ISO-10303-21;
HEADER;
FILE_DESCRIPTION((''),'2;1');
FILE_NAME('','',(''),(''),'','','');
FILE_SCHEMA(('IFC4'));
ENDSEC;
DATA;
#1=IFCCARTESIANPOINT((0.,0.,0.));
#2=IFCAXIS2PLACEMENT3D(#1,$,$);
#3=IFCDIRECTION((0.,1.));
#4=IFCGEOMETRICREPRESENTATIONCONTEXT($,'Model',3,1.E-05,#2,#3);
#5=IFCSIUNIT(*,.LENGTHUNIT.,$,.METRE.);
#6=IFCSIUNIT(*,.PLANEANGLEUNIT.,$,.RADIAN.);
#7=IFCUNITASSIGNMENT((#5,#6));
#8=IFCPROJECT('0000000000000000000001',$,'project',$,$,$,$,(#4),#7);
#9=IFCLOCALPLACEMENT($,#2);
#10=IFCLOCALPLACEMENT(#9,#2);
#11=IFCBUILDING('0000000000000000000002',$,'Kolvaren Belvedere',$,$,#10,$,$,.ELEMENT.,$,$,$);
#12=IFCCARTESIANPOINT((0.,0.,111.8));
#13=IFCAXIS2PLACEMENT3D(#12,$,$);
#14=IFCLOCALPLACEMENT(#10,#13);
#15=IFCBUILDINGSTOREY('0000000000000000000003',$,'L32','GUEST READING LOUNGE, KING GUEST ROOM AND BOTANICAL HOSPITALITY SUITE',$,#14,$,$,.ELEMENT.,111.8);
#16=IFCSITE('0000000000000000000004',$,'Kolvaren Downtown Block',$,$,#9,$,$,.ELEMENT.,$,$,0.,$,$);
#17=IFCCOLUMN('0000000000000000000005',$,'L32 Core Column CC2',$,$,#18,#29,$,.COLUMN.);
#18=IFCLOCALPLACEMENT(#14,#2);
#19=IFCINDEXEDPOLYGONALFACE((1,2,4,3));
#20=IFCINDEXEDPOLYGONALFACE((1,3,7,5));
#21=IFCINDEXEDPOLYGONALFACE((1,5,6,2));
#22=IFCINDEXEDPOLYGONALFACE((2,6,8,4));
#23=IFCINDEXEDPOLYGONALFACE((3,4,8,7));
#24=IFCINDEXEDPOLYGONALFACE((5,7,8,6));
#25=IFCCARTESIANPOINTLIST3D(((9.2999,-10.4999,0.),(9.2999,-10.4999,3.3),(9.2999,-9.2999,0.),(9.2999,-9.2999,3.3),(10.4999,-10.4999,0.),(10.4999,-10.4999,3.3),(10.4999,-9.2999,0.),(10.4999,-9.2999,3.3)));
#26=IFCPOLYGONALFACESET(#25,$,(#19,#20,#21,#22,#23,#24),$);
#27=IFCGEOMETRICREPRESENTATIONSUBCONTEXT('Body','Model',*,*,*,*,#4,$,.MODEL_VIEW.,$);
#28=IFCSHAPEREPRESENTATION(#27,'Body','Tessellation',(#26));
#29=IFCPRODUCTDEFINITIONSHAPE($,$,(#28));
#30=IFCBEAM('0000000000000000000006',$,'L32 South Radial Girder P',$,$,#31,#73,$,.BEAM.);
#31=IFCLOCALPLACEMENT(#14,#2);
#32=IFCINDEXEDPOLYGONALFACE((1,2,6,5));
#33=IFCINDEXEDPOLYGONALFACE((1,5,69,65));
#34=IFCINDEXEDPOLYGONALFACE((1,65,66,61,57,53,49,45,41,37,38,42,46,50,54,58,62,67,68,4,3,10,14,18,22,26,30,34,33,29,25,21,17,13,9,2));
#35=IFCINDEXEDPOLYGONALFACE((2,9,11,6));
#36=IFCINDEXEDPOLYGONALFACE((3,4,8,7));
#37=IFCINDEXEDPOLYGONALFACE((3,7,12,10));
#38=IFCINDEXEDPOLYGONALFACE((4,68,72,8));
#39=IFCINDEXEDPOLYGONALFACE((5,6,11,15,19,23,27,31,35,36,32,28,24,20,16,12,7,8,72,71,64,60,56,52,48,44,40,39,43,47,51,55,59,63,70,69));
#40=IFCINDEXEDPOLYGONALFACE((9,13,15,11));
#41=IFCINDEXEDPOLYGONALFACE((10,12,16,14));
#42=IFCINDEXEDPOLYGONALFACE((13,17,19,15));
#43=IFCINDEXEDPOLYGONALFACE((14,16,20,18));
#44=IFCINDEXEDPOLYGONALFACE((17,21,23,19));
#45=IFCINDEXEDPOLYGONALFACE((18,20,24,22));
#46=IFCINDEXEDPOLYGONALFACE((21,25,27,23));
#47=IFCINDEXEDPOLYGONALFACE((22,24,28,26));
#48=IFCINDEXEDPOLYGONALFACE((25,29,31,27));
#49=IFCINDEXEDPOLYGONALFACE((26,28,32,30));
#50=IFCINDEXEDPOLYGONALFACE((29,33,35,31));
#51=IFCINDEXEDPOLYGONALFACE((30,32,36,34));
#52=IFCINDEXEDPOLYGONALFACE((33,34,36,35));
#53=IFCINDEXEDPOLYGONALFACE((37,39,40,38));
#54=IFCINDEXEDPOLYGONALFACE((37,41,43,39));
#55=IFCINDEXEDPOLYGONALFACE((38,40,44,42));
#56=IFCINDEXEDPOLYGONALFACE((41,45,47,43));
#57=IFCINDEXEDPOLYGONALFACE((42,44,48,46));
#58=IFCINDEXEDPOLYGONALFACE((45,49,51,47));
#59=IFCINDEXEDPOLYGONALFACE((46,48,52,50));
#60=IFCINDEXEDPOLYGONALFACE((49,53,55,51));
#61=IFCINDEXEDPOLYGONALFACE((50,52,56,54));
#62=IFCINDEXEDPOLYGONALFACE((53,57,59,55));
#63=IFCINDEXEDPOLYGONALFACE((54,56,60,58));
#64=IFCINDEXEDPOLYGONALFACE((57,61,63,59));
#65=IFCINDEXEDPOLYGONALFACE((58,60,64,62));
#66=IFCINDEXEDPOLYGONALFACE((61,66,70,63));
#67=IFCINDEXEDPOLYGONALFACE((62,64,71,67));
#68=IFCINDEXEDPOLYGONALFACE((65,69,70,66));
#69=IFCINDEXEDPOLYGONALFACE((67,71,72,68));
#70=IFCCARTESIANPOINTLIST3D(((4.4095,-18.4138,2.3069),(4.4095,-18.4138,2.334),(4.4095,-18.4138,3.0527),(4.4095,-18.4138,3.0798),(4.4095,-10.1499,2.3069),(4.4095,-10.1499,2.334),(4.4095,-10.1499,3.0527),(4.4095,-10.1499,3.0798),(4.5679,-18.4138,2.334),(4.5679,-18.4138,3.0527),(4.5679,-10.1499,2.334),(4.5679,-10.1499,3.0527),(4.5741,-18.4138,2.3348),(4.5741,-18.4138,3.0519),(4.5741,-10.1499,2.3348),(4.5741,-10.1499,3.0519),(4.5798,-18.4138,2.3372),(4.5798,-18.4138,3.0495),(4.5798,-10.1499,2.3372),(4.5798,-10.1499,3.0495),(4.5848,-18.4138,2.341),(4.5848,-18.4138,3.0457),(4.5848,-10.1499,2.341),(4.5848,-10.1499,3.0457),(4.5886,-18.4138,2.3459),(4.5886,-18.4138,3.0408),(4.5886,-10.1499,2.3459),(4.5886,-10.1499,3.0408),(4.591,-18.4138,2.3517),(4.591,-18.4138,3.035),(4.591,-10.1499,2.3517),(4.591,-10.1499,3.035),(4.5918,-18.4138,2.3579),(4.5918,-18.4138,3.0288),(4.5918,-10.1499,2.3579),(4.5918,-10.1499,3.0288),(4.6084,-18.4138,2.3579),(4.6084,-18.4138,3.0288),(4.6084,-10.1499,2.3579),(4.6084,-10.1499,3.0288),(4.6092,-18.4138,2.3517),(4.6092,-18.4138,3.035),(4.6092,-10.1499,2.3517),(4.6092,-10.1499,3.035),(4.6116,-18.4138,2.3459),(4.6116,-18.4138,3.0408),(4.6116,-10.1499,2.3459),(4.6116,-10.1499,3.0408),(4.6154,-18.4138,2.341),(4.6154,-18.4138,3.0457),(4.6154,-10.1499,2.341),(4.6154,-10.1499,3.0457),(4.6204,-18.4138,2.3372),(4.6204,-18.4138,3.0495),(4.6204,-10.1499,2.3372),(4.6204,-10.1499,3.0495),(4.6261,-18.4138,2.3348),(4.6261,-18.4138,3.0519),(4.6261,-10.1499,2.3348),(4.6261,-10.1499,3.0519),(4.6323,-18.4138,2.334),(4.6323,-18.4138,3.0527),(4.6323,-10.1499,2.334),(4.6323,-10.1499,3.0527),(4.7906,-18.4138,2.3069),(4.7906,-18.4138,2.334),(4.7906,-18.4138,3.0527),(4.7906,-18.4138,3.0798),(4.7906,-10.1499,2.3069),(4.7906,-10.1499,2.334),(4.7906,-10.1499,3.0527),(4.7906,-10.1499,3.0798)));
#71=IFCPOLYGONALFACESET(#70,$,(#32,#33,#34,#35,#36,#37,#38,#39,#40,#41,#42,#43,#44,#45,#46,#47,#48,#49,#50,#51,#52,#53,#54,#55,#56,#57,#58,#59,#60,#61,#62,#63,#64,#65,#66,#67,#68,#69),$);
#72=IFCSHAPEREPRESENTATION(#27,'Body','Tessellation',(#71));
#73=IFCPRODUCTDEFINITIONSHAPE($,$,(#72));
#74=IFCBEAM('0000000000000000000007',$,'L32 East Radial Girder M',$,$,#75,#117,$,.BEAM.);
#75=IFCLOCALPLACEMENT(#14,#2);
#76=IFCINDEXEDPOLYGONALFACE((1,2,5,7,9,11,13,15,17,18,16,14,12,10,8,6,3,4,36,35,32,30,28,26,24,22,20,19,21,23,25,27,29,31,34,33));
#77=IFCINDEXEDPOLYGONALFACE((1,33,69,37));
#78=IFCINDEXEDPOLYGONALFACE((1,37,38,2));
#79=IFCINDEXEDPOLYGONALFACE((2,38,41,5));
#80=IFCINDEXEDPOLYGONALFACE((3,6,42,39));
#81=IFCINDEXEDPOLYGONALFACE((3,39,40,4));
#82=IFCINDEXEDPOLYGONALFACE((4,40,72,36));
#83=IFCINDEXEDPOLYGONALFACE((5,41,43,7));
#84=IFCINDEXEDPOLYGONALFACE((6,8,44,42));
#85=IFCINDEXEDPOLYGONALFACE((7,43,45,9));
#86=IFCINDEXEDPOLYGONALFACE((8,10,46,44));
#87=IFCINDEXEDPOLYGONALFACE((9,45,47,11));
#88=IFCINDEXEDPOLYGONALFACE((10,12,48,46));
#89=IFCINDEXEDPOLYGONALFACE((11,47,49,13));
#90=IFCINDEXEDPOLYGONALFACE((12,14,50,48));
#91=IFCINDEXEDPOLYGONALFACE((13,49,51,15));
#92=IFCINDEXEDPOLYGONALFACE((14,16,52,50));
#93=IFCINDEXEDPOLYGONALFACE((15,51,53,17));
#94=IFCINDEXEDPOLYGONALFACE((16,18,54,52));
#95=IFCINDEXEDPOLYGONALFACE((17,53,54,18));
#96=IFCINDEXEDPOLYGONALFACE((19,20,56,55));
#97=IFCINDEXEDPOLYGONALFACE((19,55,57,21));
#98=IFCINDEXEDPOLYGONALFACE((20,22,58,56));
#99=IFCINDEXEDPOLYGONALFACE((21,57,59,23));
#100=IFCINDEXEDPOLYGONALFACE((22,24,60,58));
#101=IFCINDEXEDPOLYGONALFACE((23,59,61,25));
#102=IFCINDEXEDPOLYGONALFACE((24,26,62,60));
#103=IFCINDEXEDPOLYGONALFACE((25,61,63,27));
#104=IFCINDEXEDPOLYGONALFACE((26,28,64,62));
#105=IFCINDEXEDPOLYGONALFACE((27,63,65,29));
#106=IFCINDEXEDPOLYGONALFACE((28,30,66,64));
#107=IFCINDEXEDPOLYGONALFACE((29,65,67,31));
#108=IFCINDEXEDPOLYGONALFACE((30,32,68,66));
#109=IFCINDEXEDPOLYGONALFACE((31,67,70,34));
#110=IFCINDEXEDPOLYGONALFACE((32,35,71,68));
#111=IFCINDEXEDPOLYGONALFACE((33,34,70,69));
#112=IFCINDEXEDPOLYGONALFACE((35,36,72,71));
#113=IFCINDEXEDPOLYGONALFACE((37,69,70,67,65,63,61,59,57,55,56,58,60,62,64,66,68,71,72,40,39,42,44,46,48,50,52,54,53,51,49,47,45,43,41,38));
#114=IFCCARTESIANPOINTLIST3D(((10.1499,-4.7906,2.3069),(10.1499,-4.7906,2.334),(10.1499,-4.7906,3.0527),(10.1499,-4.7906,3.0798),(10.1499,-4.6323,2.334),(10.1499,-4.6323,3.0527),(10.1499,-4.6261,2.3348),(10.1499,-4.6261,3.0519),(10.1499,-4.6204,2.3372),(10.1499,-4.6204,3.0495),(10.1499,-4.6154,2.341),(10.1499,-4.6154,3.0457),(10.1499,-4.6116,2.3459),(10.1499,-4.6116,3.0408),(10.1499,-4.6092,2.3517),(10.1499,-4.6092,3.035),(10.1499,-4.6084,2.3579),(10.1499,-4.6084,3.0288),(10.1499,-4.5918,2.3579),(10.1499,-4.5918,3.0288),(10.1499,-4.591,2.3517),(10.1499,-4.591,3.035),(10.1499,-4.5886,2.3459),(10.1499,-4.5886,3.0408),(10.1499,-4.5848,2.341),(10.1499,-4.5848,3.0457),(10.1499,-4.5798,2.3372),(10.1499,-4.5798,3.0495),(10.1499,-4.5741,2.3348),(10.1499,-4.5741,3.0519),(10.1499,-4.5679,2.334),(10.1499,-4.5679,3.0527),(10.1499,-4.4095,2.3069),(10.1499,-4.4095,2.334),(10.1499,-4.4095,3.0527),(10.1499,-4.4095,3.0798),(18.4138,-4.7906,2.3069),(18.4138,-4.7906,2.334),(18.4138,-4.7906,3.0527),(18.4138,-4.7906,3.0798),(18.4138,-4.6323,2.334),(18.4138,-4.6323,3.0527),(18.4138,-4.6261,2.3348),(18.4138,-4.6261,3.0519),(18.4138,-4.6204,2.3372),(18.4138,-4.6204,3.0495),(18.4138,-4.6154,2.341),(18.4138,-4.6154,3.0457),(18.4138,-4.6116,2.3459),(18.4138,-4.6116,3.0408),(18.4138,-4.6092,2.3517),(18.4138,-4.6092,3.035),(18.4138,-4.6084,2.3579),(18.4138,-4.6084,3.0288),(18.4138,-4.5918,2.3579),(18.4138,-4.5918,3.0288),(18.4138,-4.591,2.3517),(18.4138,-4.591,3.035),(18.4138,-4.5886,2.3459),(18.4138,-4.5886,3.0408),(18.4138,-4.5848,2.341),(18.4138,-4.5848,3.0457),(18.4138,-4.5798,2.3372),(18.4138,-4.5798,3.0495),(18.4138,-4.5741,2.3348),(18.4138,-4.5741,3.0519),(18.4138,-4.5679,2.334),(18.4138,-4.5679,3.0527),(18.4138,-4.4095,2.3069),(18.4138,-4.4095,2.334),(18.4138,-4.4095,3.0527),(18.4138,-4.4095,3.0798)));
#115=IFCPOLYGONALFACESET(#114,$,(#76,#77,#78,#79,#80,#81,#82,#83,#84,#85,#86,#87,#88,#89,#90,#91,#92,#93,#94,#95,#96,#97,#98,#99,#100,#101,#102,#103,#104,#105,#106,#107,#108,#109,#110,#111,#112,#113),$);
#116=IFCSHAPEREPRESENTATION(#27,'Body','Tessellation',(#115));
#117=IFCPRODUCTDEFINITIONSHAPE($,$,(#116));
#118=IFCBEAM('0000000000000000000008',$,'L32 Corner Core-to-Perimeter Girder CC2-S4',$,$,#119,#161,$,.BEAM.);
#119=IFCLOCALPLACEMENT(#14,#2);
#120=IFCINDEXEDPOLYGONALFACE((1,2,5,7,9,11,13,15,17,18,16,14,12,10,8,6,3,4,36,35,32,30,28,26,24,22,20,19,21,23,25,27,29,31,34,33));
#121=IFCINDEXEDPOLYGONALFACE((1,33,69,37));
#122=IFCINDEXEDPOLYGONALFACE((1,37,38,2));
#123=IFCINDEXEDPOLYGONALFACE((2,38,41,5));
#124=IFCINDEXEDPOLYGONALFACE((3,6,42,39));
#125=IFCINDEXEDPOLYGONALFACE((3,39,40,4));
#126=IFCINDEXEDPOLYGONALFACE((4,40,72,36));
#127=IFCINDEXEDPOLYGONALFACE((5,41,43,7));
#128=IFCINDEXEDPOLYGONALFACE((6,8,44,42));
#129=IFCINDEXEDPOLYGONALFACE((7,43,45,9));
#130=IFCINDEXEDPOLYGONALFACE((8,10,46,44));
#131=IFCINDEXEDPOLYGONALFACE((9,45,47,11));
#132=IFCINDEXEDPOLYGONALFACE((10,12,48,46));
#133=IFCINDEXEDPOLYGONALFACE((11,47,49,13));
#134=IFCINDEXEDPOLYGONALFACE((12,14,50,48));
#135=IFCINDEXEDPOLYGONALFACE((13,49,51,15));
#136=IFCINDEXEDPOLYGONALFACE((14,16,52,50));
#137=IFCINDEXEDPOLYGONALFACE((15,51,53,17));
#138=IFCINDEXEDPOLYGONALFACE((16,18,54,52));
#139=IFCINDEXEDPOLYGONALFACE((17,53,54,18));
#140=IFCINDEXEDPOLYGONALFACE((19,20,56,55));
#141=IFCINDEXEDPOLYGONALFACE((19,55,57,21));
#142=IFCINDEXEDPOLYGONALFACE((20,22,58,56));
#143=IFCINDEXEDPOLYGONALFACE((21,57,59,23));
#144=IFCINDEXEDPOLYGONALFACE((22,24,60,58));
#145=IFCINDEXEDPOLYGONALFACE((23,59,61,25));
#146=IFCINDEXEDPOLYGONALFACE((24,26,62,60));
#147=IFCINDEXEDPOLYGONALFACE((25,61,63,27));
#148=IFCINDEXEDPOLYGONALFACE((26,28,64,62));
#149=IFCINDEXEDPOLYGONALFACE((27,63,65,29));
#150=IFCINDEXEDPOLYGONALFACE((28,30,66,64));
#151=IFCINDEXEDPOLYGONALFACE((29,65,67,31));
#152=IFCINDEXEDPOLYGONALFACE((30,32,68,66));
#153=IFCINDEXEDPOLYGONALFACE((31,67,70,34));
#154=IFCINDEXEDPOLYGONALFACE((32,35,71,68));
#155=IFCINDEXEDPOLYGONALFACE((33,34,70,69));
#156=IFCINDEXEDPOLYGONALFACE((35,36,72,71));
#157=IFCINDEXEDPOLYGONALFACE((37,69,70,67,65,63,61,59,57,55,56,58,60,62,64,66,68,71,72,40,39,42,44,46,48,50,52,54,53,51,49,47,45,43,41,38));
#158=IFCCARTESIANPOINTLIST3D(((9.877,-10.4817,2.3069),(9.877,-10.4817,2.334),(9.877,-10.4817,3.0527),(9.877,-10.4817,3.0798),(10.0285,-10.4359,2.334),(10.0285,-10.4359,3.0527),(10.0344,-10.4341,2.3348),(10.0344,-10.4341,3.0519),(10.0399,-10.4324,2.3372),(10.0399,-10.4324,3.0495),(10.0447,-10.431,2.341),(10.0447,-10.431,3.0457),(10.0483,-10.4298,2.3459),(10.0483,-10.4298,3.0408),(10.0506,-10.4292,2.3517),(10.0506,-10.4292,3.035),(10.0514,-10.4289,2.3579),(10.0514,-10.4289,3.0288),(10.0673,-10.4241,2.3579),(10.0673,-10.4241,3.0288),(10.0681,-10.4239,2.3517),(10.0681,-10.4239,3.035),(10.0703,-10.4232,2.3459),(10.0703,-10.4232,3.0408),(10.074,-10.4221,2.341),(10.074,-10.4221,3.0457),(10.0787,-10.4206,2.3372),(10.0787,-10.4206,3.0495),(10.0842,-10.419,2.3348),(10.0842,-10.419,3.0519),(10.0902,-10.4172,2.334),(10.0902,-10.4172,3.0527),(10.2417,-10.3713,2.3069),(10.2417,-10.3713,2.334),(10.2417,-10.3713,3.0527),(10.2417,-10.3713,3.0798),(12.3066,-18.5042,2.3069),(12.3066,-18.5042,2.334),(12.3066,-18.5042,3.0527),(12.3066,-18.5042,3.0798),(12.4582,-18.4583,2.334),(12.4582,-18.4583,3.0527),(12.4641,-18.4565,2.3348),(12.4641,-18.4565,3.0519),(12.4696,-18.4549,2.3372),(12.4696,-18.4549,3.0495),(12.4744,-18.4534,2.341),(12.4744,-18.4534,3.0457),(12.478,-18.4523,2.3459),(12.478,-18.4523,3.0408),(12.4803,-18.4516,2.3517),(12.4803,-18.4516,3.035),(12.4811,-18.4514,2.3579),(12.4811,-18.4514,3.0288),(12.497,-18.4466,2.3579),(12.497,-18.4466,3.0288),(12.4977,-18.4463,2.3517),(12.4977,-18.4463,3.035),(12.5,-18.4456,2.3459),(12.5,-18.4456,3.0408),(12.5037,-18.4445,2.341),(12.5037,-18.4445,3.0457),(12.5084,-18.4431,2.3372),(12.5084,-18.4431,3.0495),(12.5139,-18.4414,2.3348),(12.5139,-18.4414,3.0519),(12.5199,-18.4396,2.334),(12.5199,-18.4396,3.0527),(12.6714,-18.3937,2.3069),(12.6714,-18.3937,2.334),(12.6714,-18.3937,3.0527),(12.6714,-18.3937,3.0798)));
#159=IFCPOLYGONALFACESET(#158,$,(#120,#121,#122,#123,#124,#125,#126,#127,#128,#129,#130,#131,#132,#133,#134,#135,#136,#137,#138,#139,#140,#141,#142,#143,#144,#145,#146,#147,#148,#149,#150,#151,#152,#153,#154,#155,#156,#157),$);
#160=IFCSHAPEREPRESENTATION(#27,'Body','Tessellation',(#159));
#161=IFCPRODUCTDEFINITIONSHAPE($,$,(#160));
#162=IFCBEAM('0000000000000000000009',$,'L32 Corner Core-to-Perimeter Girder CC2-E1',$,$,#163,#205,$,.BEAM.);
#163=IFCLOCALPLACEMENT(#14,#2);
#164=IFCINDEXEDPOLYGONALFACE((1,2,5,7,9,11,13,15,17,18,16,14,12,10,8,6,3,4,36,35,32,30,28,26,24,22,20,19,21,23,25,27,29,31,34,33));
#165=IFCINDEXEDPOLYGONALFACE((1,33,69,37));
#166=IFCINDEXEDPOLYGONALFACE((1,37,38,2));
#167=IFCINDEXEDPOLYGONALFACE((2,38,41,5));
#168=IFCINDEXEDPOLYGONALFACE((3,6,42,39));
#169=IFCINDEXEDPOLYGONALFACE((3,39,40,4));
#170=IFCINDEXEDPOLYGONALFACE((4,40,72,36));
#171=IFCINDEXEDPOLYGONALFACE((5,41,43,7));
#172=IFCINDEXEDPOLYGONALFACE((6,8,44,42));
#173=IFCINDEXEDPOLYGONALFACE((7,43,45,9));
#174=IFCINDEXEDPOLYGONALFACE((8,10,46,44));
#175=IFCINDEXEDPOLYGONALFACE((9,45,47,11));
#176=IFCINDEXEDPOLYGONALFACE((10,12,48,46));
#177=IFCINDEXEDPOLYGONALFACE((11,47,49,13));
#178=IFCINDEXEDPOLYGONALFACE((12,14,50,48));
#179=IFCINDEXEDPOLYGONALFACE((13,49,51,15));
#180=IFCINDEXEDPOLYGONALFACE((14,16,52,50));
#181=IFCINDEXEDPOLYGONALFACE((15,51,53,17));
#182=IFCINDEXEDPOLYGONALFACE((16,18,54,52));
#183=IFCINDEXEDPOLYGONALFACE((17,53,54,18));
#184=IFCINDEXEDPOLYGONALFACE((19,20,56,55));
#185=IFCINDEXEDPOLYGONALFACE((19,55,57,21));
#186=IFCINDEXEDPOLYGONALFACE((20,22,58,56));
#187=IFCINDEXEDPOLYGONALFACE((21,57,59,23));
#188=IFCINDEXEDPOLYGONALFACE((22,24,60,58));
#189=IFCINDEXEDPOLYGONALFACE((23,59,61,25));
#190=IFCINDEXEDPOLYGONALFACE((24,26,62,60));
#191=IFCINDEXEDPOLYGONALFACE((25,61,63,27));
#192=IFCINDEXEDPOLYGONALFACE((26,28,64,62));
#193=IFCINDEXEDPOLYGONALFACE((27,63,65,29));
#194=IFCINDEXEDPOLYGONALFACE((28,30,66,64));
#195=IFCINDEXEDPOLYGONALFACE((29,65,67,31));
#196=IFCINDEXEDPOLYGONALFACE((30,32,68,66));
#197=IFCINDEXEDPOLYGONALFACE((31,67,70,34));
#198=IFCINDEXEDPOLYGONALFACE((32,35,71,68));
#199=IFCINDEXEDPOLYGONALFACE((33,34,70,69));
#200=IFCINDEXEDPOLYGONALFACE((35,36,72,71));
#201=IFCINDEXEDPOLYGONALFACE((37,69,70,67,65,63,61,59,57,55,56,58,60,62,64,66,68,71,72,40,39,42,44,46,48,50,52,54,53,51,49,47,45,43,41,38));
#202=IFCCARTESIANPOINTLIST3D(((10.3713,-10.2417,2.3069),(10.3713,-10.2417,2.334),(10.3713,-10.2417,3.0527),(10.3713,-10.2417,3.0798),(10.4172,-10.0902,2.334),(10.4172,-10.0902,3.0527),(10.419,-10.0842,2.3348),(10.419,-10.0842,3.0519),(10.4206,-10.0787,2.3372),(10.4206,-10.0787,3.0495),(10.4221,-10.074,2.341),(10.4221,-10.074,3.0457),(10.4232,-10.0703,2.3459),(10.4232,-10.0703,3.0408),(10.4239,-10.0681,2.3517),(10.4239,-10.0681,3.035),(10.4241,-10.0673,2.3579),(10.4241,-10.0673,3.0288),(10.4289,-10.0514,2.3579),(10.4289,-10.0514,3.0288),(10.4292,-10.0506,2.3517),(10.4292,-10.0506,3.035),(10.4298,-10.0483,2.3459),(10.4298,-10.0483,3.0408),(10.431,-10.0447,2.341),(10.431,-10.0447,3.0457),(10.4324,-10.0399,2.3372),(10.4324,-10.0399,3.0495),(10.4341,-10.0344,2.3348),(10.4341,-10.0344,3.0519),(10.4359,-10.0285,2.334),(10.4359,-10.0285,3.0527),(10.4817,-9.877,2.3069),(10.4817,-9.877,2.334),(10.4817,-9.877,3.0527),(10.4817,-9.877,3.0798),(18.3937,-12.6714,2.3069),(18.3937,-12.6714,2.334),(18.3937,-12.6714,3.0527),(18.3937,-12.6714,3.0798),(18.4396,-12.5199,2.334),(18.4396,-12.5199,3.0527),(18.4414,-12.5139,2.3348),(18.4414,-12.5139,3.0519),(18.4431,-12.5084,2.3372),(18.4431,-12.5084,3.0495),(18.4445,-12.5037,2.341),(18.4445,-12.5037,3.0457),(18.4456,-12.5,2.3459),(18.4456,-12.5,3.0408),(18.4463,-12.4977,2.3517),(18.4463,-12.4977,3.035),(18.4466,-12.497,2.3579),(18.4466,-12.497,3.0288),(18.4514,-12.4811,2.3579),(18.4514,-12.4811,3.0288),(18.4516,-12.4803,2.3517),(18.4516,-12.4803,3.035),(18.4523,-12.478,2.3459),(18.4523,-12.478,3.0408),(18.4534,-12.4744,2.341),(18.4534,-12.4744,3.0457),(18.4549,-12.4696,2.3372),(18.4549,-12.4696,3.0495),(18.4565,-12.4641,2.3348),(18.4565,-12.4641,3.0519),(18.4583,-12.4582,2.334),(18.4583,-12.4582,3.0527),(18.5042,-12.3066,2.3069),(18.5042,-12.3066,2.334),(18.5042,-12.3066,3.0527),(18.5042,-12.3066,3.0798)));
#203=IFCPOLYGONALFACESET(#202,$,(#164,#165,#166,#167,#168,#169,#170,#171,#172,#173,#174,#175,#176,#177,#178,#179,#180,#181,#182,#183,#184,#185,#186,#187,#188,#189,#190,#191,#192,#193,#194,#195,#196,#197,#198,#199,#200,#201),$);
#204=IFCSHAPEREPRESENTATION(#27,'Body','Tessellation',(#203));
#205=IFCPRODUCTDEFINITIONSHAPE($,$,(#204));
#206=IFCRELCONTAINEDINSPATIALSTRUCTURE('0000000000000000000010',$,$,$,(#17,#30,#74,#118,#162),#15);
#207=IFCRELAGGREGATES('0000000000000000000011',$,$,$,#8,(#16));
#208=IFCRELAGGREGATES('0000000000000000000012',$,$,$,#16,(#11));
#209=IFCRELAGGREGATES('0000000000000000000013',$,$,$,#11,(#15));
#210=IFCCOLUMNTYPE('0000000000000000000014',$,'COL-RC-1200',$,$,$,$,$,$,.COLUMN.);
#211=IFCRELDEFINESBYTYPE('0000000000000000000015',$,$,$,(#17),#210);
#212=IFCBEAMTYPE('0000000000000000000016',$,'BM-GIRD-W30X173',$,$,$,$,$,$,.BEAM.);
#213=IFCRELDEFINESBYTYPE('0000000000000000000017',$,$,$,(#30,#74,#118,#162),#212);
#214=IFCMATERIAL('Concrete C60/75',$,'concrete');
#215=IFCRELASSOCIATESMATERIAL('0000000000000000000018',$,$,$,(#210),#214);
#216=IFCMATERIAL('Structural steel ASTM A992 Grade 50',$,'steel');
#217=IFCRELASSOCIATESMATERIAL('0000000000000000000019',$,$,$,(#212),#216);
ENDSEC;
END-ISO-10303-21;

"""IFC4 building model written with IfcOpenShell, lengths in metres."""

from ifc_helpers import new_model, si_unit, direction, frame, origin, origin_2d, place, context, subcontext, project, spatial, rectangle, i_section, extrude, material, material_profile, profile_set, type_object, element, save


model = new_model("IFC4")

# Units and contexts
model_context = context("Model", 3, precision=1e-05, world=origin(), true_north=direction((0.0, 1.0)))
body_context = subcontext(model_context, "Body", "Model", "MODEL_VIEW")
ifc_project = project(units=[si_unit("LENGTHUNIT", "METRE"), si_unit("PLANEANGLEUNIT", "RADIAN")], contexts=[model_context])

# Site, building, storey
site_placement = place(None, origin())
site = spatial("IfcSite", under=ifc_project, at=site_placement, Name="Kolvaren Downtown Block", CompositionType="ELEMENT", RefElevation=0.0)
building_placement = place(site_placement, origin())
building = spatial("IfcBuilding", under=site, at=building_placement, Name="Kolvaren Belvedere", CompositionType="ELEMENT")
storey_placement = place(building_placement, frame((0.0, 0.0, 111.8)))
storey = spatial("IfcBuildingStorey", under=building, at=storey_placement, Name="L32", Description="GUEST READING LOUNGE, KING GUEST ROOM AND BOTANICAL HOSPITALITY SUITE", CompositionType="ELEMENT", Elevation=111.8)

# Column
ifc_material_1 = material(Name="Concrete C60/75", Category="concrete")
ifc_material_profile_1 = material_profile(ifc_material_1, rectangle(XDim=1.2, YDim=1.2, at=origin_2d()), Name="RC 1200X1200")
ifc_profile_set_1 = profile_set([ifc_material_profile_1], Name="Concrete C60/75")
column_type = type_object("IfcColumnType", Name="COL-RC-1200", PredefinedType="COLUMN", material=ifc_profile_set_1)
column_placement = place(storey_placement, frame((9.8999, -9.8999, 0.0), z_axis=(0.0, 0.0, 1.0), x_axis=(1.0, 0.0, 0.0)))
element("IfcColumn", 1, at=column_placement, inside=storey, type_object=column_type, Name="L32 Core Column CC2", PredefinedType="COLUMN", context=body_context, shape_type="SweptSolid", body=[
    extrude(rectangle(XDim=1.2, YDim=1.2, at=origin_2d()), origin(), (0.0, 0.0, 1.0), 3.3),
])

# Beams
ifc_material_2 = material(Name="Structural steel ASTM A992 Grade 50", Category="steel")
ifc_material_profile_2 = material_profile(ifc_material_2, i_section(OverallWidth=0.3811, OverallDepth=0.7729, WebThickness=0.0166, FlangeThickness=0.0271, FilletRadius=0.0239, at=origin_2d()), Name="W30X173")
ifc_profile_set_2 = profile_set([ifc_material_profile_2], Name="Structural steel ASTM A992 Grade 50")
beam_type_1 = type_object("IfcBeamType", Name="BM-GIRD-W30X173", PredefinedType="BEAM", material=ifc_profile_set_2)
for number, where, z_axis, x_axis, name in (
    (2, (4.6001, -10.1499, 2.6934), (0.0, -1.0, 0.0), (1.0, 0.0, 0.0), "L32 South Radial Girder P"),
    (3, (10.1499, -4.6001, 2.6934), (1.0, 0.0, 0.0), (0.0, 1.0, 0.0), "L32 East Radial Girder M"),
):
    element("IfcBeam", number, at=place(storey_placement, frame(where, z_axis=z_axis, x_axis=x_axis)), inside=storey, type_object=beam_type_1, Name=name, PredefinedType="BEAM", context=body_context, shape_type="SweptSolid", body=[
        extrude(i_section(OverallWidth=0.3811, OverallDepth=0.7729, WebThickness=0.0166, FlangeThickness=0.0271, FilletRadius=0.0239, at=origin_2d()), origin(), (0.0, 0.0, 1.0), 8.2639),
    ])
for number, where, z_axis, x_axis, name in (
    (4, (10.0593, -10.4265, 2.6934), (0.289859, -0.957069, 0.0), (0.957069, 0.289859, 0.0), "L32 Corner Core-to-Perimeter Girder CC2-S4"),
    (5, (10.4265, -10.0593, 2.6934), (0.957069, -0.289859, 0.0), (0.289859, 0.957069, 0.0), "L32 Corner Core-to-Perimeter Girder CC2-E1"),
):
    element("IfcBeam", number, at=place(storey_placement, frame(where, z_axis=z_axis, x_axis=x_axis)), inside=storey, type_object=beam_type_1, Name=name, PredefinedType="BEAM", context=body_context, shape_type="SweptSolid", body=[
        extrude(i_section(OverallWidth=0.3811, OverallDepth=0.7729, WebThickness=0.0166, FlangeThickness=0.0271, FilletRadius=0.0239, at=origin_2d()), origin(), (0.0, 0.0, 1.0), 8.3823),
    ])

save(model, "model.ifc")
